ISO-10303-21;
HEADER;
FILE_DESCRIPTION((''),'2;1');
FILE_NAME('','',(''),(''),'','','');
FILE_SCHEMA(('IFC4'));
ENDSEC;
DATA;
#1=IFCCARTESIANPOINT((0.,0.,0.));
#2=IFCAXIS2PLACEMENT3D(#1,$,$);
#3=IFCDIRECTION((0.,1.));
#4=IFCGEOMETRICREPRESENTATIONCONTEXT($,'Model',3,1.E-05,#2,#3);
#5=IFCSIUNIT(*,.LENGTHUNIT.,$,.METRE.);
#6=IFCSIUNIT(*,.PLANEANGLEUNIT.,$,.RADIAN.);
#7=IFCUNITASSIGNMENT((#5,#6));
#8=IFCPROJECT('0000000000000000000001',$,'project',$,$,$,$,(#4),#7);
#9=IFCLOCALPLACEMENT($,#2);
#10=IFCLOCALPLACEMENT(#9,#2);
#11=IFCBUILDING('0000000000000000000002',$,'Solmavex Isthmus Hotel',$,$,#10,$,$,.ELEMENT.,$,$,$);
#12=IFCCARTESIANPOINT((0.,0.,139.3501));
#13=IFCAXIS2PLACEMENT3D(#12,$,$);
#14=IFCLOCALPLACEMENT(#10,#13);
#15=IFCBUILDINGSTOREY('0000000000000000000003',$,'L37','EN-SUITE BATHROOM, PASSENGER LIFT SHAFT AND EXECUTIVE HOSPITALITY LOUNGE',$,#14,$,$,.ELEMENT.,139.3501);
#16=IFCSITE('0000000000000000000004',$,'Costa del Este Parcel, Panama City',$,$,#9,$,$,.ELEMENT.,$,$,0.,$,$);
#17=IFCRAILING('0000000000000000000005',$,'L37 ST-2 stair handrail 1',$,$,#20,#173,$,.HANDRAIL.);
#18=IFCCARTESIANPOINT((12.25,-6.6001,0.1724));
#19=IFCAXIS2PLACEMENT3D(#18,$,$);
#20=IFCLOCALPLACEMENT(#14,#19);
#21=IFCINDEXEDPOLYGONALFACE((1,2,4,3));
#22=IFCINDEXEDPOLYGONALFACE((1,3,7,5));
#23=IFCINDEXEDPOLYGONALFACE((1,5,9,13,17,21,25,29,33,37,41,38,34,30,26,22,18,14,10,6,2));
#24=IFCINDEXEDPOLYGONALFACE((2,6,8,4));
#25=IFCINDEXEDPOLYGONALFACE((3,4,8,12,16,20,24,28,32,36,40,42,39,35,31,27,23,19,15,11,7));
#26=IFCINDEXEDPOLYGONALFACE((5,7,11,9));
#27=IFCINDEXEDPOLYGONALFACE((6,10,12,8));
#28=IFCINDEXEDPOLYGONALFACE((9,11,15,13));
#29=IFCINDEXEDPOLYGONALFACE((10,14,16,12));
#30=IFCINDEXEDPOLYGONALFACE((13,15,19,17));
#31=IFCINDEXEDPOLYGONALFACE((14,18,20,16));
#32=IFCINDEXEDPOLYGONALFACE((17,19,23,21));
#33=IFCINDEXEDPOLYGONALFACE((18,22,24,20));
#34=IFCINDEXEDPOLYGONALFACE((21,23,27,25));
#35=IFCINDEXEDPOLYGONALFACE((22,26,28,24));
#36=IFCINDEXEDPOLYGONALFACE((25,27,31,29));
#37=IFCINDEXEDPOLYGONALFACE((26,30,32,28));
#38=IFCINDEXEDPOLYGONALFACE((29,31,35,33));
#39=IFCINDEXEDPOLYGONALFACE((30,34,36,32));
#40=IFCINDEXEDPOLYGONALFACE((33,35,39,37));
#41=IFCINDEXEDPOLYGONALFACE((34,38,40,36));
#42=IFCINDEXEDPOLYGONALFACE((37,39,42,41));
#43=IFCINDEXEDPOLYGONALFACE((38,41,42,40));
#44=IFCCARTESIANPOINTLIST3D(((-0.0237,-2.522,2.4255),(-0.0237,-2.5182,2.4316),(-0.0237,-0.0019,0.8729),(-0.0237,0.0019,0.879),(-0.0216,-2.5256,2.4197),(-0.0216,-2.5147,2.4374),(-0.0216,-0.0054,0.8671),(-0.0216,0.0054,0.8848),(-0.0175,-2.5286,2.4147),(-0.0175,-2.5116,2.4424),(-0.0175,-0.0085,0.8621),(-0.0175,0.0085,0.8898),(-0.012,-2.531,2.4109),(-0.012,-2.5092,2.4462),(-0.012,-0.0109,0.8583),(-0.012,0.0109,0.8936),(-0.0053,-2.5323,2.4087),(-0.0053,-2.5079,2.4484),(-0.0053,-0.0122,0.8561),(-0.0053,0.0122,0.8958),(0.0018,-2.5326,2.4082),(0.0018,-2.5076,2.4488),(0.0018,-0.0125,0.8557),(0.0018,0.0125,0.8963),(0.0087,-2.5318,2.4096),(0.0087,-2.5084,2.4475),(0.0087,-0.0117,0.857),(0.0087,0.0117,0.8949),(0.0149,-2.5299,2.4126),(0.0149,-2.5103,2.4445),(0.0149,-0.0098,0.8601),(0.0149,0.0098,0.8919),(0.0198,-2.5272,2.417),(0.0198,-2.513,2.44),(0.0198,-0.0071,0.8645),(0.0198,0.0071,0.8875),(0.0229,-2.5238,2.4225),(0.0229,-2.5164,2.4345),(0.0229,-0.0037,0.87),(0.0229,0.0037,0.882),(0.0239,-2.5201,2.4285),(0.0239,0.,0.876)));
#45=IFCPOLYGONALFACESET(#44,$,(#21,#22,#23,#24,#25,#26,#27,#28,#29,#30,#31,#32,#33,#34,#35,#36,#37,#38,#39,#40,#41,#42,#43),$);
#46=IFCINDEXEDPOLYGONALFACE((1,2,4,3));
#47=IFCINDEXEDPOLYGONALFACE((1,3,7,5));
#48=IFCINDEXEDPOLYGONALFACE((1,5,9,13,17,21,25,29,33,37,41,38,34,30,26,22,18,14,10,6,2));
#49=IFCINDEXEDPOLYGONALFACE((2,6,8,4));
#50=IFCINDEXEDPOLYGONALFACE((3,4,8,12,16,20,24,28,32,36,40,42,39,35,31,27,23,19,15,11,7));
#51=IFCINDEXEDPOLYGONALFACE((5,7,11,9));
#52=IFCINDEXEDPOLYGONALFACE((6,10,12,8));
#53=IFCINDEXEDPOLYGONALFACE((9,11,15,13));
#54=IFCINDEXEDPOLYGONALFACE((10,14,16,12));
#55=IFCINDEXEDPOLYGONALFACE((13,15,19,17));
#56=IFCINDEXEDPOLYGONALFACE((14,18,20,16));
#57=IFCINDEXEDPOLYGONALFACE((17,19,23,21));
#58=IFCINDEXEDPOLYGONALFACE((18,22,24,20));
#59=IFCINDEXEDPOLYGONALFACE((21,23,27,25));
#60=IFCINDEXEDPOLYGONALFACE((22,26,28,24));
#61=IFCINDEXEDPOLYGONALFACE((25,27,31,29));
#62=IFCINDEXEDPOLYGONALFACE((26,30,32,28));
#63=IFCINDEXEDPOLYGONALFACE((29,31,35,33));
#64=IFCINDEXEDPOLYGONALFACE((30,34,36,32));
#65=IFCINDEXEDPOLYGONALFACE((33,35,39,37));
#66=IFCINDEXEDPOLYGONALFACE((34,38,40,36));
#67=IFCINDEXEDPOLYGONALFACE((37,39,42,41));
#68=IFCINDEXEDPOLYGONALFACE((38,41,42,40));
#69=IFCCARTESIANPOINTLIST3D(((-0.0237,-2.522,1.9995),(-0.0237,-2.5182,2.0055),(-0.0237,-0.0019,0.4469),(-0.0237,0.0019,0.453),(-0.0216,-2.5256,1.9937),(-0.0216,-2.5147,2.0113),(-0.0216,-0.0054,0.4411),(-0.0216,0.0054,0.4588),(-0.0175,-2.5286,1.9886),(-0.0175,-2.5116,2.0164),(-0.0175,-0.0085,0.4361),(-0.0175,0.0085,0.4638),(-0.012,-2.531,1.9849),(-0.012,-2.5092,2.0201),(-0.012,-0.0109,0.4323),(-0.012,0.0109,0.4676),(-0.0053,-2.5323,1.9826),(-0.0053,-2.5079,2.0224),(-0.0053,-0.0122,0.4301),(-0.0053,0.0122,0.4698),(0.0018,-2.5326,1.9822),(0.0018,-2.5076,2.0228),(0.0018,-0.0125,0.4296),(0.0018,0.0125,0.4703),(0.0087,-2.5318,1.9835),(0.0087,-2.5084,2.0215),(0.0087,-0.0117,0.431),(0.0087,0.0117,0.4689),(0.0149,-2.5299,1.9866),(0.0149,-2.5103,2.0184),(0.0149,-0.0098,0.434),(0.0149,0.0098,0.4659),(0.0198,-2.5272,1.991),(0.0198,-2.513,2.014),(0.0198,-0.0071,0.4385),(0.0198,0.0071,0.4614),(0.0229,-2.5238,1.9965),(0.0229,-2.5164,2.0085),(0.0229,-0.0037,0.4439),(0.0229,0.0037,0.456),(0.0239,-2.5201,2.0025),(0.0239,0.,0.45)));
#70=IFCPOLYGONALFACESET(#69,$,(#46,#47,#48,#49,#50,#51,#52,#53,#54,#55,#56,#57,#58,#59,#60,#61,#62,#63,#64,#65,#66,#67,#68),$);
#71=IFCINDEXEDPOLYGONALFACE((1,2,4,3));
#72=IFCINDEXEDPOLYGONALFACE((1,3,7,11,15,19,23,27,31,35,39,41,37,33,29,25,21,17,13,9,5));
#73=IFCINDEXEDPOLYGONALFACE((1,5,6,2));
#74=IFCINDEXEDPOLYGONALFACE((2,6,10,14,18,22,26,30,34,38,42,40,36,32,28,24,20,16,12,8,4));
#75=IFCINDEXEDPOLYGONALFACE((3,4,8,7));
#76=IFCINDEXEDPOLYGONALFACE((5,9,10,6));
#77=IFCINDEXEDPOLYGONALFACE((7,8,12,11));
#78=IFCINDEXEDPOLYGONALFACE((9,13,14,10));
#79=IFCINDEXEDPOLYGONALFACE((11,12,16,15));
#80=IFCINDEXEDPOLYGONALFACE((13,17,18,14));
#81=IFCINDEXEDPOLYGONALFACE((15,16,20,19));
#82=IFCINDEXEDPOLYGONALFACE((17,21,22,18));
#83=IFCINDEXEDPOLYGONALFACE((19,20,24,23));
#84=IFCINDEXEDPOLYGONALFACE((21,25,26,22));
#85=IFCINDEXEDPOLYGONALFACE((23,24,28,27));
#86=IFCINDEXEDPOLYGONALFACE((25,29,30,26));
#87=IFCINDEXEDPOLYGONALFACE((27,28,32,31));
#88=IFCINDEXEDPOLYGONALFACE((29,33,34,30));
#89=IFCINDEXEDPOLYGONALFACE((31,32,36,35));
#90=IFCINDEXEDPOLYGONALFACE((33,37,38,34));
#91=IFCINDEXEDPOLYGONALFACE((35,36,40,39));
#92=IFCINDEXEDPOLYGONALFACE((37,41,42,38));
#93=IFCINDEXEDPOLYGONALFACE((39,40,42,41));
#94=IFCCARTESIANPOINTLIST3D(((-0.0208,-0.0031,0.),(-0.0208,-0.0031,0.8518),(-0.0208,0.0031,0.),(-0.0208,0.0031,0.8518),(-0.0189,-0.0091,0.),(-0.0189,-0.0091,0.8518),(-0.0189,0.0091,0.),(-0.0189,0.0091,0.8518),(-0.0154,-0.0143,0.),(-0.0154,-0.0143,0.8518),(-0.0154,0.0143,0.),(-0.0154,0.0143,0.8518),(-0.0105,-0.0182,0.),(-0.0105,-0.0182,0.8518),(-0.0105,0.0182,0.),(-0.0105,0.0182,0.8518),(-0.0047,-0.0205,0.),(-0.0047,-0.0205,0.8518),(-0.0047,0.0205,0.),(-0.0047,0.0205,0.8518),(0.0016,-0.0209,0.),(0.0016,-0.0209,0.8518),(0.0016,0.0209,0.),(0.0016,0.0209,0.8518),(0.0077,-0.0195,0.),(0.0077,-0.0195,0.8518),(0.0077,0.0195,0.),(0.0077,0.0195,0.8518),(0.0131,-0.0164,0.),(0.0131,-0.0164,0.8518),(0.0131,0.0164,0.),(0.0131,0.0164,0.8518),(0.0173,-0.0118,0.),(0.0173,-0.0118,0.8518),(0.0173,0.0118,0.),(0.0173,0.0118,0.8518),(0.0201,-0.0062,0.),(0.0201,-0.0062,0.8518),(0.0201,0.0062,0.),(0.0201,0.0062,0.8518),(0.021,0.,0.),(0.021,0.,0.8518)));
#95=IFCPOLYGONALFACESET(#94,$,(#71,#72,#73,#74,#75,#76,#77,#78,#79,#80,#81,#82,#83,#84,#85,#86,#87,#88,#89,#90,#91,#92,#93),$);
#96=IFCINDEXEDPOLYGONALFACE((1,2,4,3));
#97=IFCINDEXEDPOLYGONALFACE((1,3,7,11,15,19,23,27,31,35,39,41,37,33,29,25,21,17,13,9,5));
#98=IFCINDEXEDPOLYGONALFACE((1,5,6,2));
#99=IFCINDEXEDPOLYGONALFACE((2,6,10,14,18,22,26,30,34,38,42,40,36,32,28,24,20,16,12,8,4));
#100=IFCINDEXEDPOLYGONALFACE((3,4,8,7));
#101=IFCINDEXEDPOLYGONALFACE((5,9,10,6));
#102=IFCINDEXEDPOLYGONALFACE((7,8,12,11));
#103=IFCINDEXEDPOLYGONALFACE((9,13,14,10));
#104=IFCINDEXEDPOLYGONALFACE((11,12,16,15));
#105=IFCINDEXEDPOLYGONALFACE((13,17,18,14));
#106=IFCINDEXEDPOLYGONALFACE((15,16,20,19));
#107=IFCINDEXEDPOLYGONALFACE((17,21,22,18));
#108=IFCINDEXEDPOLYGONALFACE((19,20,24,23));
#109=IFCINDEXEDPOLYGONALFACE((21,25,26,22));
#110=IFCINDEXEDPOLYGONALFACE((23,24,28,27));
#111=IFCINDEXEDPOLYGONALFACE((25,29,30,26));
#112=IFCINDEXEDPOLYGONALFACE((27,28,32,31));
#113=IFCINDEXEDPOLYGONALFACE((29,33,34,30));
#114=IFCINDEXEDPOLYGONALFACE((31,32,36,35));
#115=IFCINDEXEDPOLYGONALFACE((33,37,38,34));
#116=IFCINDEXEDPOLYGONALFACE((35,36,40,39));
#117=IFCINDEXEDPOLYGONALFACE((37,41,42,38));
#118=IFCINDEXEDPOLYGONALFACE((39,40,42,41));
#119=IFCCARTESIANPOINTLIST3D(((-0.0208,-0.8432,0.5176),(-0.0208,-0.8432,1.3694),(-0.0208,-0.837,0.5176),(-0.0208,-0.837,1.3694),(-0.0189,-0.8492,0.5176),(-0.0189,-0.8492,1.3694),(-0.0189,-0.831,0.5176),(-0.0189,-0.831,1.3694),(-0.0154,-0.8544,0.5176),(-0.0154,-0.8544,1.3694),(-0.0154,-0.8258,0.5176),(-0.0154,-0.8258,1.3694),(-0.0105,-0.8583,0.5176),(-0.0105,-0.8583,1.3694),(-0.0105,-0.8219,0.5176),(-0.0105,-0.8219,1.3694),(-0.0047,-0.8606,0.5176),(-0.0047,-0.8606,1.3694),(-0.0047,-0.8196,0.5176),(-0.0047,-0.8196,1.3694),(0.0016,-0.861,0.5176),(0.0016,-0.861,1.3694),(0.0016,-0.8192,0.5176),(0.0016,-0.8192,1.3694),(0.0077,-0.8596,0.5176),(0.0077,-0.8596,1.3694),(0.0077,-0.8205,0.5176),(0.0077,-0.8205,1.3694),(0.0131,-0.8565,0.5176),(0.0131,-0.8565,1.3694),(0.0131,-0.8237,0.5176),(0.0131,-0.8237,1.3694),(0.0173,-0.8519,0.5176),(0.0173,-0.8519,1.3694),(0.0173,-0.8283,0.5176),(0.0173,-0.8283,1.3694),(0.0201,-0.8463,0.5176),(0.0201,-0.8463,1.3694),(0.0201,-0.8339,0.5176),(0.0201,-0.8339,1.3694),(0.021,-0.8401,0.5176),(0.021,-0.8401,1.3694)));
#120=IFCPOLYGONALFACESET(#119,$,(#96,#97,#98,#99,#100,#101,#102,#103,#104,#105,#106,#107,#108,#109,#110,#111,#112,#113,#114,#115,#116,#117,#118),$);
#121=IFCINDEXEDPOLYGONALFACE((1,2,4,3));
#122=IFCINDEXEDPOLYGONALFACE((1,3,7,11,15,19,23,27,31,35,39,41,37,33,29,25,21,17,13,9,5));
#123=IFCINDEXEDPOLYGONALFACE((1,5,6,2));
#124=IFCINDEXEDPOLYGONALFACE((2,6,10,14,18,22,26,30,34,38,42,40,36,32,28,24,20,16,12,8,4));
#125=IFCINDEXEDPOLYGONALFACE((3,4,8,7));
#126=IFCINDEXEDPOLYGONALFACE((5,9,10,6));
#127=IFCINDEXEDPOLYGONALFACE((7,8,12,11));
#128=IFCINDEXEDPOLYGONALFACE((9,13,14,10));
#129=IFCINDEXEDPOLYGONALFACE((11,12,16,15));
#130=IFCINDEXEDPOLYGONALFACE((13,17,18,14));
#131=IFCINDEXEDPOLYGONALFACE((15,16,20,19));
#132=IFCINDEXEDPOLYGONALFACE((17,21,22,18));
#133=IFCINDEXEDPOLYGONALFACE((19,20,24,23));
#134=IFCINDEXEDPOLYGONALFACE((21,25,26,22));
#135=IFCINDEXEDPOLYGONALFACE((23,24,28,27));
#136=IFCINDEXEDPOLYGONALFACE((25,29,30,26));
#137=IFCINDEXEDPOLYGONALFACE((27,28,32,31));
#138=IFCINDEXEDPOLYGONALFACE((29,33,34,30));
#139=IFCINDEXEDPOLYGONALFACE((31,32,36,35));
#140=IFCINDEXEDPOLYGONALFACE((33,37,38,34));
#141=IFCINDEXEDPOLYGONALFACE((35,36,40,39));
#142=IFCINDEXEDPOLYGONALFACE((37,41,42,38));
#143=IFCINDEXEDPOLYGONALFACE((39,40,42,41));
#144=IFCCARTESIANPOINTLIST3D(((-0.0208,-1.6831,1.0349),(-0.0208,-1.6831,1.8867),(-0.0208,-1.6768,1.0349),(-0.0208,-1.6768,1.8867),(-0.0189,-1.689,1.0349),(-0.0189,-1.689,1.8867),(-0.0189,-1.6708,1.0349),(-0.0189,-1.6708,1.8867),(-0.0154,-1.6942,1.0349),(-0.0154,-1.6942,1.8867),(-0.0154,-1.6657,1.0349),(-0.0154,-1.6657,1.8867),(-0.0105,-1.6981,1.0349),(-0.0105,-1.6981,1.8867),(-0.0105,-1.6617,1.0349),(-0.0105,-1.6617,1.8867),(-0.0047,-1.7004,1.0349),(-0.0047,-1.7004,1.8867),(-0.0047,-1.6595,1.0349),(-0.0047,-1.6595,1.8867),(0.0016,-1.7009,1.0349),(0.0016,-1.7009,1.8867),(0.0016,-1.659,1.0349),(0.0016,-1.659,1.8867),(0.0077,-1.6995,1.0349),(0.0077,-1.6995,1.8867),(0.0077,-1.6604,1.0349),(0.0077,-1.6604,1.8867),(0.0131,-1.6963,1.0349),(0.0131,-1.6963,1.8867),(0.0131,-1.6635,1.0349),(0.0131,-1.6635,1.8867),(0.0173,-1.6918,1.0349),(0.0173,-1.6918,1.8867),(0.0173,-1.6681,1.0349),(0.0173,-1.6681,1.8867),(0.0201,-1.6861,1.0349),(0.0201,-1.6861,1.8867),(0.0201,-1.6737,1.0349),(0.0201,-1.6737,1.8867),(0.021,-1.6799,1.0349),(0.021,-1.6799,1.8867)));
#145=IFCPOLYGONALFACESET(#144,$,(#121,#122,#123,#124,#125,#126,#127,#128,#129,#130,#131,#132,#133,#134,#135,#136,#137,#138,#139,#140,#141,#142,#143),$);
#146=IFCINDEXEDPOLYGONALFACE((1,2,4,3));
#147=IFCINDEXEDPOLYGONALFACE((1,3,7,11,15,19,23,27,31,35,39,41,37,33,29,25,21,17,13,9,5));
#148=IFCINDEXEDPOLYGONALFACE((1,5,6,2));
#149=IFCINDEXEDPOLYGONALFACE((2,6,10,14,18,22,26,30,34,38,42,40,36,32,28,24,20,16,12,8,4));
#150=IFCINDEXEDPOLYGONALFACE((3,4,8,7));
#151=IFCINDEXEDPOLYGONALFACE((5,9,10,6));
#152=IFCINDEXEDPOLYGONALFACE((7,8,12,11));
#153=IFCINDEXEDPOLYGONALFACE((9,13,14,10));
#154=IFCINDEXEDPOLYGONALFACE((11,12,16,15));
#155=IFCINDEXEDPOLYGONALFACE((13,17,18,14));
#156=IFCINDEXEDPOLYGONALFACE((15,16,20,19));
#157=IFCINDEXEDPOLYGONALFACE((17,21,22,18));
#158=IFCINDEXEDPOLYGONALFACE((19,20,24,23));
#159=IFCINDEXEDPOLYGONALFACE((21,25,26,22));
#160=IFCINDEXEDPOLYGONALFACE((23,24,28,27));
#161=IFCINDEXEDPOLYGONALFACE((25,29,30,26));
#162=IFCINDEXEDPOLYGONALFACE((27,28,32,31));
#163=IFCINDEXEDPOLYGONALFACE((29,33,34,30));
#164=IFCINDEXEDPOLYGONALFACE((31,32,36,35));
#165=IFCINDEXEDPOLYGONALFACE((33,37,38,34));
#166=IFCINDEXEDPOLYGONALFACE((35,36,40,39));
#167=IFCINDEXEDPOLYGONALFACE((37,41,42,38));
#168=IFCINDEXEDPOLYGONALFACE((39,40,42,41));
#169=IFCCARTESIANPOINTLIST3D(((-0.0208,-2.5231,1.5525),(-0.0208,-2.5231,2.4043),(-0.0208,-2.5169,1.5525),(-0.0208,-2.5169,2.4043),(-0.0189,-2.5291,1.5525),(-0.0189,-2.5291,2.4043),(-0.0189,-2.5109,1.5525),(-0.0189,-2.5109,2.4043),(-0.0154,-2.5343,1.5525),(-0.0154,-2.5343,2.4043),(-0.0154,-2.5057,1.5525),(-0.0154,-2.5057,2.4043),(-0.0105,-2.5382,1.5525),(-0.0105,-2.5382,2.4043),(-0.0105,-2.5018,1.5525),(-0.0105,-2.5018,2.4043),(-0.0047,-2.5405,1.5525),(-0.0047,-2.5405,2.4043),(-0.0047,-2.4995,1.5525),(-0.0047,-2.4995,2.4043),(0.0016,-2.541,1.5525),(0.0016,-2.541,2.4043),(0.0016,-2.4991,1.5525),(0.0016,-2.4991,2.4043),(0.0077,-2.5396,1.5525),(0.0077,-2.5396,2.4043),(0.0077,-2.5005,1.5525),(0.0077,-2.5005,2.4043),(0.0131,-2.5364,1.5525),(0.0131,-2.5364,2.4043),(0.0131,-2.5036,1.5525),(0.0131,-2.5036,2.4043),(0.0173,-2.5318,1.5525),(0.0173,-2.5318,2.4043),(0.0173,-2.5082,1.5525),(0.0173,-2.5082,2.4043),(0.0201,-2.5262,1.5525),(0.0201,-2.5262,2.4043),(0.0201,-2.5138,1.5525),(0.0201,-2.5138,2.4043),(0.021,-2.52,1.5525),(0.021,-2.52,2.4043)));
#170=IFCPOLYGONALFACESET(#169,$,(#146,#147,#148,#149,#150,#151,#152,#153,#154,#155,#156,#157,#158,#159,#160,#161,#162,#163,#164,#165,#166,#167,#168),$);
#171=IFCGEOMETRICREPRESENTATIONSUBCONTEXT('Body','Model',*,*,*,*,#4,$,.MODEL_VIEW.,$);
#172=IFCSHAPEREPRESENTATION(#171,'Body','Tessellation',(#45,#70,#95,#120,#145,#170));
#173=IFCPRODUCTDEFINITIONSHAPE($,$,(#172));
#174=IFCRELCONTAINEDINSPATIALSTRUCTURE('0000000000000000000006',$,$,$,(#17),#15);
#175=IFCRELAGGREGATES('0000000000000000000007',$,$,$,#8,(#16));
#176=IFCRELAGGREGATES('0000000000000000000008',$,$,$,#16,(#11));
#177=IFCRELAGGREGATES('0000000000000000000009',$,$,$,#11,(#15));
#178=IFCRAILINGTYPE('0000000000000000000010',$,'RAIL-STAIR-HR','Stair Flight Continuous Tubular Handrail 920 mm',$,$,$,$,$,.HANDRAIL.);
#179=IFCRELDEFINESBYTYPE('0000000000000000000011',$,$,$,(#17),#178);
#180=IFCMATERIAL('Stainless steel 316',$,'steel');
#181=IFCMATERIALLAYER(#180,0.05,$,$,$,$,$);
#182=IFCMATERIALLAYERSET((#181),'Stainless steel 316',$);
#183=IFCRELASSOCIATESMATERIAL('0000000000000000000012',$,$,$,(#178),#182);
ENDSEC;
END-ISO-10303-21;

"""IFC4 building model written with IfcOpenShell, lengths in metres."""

from ifc_helpers import new_model, si_unit, direction, frame, origin, origin_2d, place, context, subcontext, project, spatial, circle, extrude, material, layer, layer_set, type_object, element, save


model = new_model("IFC4")

# Units and contexts
model_context = context("Model", 3, precision=1e-05, world=origin(), true_north=direction((0.0, 1.0)))
body_context = subcontext(model_context, "Body", "Model", "MODEL_VIEW")
ifc_project = project(units=[si_unit("LENGTHUNIT", "METRE"), si_unit("PLANEANGLEUNIT", "RADIAN")], contexts=[model_context])

# Site, building, storey
site_placement = place(None, origin())
site = spatial("IfcSite", under=ifc_project, at=site_placement, Name="Costa del Este Parcel, Panama City", CompositionType="ELEMENT", RefElevation=0.0)
building_placement = place(site_placement, origin())
building = spatial("IfcBuilding", under=site, at=building_placement, Name="Solmavex Isthmus Hotel", CompositionType="ELEMENT")
storey_placement = place(building_placement, frame((0.0, 0.0, 139.3501)))
storey = spatial("IfcBuildingStorey", under=building, at=storey_placement, Name="L37", Description="EN-SUITE BATHROOM, PASSENGER LIFT SHAFT AND EXECUTIVE HOSPITALITY LOUNGE", CompositionType="ELEMENT", Elevation=139.3501)

# Shared definitions
ifc_material_1 = material(Name="Stainless steel 316", Category="steel")

# Railing
ifc_layer_1 = layer(ifc_material_1, 0.05)
ifc_layer_set_1 = layer_set([ifc_layer_1], Name="Stainless steel 316")
railing_type_1 = type_object("IfcRailingType", Name="RAIL-STAIR-HR", Description="Stair Flight Continuous Tubular Handrail 920 mm", PredefinedType="HANDRAIL", material=ifc_layer_set_1)
railing_1_placement = place(storey_placement, frame((12.25, -6.6001, 0.1724)))
element("IfcRailing", 1, at=railing_1_placement, inside=storey, type_object=railing_type_1, Name="L37 ST-2 stair handrail 1", PredefinedType="HANDRAIL", context=body_context, shape_type="SweptSolid", body=[
    extrude(circle(Radius=0.0239, at=origin_2d()), frame((0.0, 0.0, 0.876), z_axis=(0.0, -0.8514, 0.524516), x_axis=(1.0, 0.0, 0.0)), (0.0, 0.0, 1.0), 2.96),
    extrude(circle(Radius=0.0239, at=origin_2d()), frame((0.0, 0.0, 0.45), z_axis=(0.0, -0.8514, 0.524516), x_axis=(1.0, 0.0, 0.0)), (0.0, 0.0, 1.0), 2.96),
    extrude(circle(Radius=0.021, at=origin_2d()), origin(), (0.0, 0.0, 1.0), 0.8518),
    extrude(circle(Radius=0.021, at=origin_2d()), frame((0.0, -0.8401, 0.5176)), (0.0, 0.0, 1.0), 0.8518),
    extrude(circle(Radius=0.021, at=origin_2d()), frame((0.0, -1.6799, 1.0349)), (0.0, 0.0, 1.0), 0.8518),
    extrude(circle(Radius=0.021, at=origin_2d()), frame((0.0, -2.52, 1.5525)), (0.0, 0.0, 1.0), 0.8518),
])

save(model, "model.ifc")
